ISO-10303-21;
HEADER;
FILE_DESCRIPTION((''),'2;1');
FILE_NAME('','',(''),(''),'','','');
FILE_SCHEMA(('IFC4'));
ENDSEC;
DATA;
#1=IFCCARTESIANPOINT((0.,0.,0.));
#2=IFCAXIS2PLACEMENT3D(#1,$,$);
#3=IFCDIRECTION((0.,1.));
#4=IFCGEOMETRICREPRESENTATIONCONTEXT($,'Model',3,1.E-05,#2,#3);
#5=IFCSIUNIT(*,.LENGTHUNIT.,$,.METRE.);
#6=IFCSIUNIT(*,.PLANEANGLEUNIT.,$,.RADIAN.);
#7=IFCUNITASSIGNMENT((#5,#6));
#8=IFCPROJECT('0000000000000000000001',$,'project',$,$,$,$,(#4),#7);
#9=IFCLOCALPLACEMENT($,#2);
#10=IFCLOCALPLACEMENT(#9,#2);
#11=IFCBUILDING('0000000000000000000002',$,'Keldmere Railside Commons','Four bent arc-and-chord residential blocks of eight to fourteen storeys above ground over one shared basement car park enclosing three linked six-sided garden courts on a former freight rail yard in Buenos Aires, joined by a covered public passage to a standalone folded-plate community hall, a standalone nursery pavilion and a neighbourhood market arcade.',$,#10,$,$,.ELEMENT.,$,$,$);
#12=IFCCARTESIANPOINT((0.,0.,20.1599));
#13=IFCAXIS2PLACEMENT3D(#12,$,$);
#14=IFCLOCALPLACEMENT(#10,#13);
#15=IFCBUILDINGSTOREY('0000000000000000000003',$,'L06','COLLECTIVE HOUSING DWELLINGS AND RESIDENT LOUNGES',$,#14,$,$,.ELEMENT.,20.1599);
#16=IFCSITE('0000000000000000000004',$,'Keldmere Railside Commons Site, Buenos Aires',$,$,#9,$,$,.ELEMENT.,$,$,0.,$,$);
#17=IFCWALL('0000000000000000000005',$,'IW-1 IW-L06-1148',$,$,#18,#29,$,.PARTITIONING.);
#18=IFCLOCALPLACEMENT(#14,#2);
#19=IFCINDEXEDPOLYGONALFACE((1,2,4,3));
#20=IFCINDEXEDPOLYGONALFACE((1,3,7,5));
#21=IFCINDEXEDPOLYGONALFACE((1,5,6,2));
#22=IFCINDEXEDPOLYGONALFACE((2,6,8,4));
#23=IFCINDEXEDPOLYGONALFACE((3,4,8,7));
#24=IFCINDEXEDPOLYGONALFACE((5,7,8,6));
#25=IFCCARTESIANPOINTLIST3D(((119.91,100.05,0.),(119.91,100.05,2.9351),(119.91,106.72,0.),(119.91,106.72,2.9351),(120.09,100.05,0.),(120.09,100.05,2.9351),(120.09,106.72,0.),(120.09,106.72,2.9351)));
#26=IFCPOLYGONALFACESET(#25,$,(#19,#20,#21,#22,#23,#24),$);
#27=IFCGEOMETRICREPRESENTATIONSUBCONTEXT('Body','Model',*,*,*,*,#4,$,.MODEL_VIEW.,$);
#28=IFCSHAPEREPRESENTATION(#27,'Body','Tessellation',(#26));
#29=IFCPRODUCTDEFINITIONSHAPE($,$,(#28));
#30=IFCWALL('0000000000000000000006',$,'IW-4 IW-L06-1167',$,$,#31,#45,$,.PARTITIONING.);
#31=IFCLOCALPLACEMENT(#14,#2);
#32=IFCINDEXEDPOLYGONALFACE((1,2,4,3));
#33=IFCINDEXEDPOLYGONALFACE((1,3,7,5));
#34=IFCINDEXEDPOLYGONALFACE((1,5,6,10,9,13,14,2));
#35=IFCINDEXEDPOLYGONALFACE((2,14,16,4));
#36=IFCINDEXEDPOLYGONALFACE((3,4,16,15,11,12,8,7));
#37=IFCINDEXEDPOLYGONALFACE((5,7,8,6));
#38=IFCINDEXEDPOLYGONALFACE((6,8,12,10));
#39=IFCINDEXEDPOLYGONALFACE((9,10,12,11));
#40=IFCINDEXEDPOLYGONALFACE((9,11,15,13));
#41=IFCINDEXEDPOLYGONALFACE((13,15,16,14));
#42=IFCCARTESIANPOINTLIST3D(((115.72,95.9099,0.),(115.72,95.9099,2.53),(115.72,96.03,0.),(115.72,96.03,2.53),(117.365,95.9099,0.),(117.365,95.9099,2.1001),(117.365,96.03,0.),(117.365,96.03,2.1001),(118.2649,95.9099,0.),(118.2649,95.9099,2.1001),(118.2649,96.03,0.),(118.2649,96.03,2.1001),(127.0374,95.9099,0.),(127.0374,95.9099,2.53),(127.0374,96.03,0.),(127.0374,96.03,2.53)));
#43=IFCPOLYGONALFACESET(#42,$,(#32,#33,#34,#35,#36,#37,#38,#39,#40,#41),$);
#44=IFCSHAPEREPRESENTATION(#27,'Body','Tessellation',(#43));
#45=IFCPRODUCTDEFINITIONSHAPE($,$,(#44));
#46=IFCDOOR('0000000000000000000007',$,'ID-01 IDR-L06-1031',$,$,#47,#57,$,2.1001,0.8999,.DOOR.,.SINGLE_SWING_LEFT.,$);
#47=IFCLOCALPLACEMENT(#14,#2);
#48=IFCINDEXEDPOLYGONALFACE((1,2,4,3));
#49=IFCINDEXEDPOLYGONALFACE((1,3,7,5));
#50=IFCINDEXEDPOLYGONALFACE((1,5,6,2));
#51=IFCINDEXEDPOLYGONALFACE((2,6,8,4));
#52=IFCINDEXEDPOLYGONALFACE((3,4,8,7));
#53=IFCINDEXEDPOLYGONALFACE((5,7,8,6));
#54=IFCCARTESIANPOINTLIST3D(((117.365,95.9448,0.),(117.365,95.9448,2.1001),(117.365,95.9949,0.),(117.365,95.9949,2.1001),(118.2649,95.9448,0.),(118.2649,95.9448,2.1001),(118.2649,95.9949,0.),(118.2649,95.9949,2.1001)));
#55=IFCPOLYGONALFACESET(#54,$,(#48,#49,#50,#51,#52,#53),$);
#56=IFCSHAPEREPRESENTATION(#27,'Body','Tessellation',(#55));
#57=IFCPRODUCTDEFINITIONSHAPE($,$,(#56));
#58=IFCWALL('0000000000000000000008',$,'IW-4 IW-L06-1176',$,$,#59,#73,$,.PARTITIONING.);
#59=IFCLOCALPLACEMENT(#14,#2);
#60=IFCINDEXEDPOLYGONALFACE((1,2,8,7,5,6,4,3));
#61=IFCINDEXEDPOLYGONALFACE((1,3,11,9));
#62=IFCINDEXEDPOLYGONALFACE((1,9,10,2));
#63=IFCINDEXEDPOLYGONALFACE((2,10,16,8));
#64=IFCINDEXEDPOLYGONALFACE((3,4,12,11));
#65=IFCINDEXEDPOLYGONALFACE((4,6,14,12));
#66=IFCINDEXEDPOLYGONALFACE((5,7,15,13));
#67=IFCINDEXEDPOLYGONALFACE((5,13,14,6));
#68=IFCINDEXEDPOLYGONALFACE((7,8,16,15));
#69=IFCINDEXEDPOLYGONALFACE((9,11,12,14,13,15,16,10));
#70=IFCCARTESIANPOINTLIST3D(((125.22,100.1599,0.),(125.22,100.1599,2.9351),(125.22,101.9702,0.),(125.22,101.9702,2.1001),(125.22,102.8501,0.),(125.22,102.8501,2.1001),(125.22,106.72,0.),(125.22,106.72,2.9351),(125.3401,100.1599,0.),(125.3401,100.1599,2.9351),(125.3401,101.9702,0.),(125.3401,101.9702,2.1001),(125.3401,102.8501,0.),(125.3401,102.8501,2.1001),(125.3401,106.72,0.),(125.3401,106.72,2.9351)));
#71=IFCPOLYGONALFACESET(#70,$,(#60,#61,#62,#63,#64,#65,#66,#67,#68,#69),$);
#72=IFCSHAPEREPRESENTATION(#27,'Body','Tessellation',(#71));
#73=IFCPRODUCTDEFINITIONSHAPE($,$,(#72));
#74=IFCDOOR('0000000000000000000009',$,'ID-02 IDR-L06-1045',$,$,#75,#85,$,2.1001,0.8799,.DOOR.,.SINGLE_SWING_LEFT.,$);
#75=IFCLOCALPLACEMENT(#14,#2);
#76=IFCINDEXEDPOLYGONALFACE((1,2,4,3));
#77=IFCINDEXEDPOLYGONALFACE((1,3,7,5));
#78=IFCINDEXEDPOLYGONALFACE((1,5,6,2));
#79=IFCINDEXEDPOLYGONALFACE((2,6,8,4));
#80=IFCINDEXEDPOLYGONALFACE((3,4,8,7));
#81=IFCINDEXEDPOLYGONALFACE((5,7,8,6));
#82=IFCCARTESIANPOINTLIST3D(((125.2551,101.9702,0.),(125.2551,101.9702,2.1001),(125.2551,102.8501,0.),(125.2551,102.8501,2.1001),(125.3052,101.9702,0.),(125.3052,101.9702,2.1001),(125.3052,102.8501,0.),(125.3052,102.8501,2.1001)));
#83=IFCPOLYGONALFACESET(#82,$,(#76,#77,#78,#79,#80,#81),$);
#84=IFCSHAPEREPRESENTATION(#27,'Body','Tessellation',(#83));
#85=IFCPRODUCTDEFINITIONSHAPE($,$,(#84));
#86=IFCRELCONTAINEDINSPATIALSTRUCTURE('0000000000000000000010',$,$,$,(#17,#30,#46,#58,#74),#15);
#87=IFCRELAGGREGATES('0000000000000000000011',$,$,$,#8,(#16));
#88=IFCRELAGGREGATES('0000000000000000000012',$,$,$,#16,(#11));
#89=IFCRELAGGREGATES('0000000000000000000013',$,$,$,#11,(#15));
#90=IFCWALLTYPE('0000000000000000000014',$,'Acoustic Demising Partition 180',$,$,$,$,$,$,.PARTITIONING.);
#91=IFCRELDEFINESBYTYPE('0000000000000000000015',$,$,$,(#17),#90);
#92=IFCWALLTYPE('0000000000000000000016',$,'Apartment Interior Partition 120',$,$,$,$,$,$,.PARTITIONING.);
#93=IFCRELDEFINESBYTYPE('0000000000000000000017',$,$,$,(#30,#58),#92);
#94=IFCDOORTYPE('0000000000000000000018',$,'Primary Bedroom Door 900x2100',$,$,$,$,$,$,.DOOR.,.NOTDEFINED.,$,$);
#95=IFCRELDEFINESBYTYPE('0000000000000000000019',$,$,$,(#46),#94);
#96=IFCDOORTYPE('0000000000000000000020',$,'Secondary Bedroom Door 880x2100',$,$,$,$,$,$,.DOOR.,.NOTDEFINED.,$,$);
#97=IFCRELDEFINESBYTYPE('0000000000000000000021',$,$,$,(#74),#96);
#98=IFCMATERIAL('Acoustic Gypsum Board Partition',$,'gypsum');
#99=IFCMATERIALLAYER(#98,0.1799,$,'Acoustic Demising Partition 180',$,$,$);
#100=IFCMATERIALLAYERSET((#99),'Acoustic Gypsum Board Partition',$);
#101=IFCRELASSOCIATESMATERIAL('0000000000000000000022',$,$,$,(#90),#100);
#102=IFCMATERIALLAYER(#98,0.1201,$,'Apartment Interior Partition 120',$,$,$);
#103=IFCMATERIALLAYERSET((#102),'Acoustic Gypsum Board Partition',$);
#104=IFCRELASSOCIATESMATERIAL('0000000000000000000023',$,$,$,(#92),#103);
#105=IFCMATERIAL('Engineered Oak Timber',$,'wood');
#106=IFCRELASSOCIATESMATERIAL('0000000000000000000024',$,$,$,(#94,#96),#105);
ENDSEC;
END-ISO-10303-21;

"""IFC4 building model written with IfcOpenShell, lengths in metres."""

from ifc_helpers import new_model, si_unit, direction, frame, frame_2d, origin, place, context, subcontext, project, spatial, rectangle, extrude, material, layer, layer_set, type_object, element, fill, save


model = new_model("IFC4")

# Units and contexts
model_context = context("Model", 3, precision=1e-05, world=origin(), true_north=direction((0.0, 1.0)))
body_context = subcontext(model_context, "Body", "Model", "MODEL_VIEW")
ifc_project = project(units=[si_unit("LENGTHUNIT", "METRE"), si_unit("PLANEANGLEUNIT", "RADIAN")], contexts=[model_context])

# Site, building, storey
site_placement = place(None, origin())
site = spatial("IfcSite", under=ifc_project, at=site_placement, Name="Keldmere Railside Commons Site, Buenos Aires", CompositionType="ELEMENT", RefElevation=0.0)
building_placement = place(site_placement, origin())
building = spatial("IfcBuilding", under=site, at=building_placement, Name="Keldmere Railside Commons", Description="Four bent arc-and-chord residential blocks of eight to fourteen storeys above ground over one shared basement car park enclosing three linked six-sided garden courts on a former freight rail yard in Buenos Aires, joined by a covered public passage to a standalone folded-plate community hall, a standalone nursery pavilion and a neighbourhood market arcade.", CompositionType="ELEMENT")
storey_placement = place(building_placement, frame((0.0, 0.0, 20.1599)))
storey = spatial("IfcBuildingStorey", under=building, at=storey_placement, Name="L06", Description="COLLECTIVE HOUSING DWELLINGS AND RESIDENT LOUNGES", CompositionType="ELEMENT", Elevation=20.1599)

# Wall
ifc_material_1 = material(Name="Acoustic Gypsum Board Partition", Category="gypsum")
ifc_layer_1 = layer(ifc_material_1, 0.1799, Name="Acoustic Demising Partition 180")
ifc_layer_set_1 = layer_set([ifc_layer_1], Name="Acoustic Gypsum Board Partition")
wall_type_1 = type_object("IfcWallType", Name="Acoustic Demising Partition 180", PredefinedType="PARTITIONING", material=ifc_layer_set_1)
wall_1_placement = place(storey_placement, frame((120.0, 100.05, 0.0), z_axis=(0.0, 0.0, 1.0), x_axis=(0.0, 1.0, 0.0)))
element("IfcWall", 1, at=wall_1_placement, inside=storey, type_object=wall_type_1, Name="IW-1 IW-L06-1148", PredefinedType="PARTITIONING", context=body_context, shape_type="SweptSolid", body=[
    extrude(rectangle(XDim=6.6699, YDim=0.1799, at=frame_2d((3.335, 0.0))), origin(), (0.0, 0.0, 1.0), 2.9351),
])

# Walls, openings, doors
ifc_layer_2 = layer(ifc_material_1, 0.1201, Name="Apartment Interior Partition 120")
ifc_layer_set_2 = layer_set([ifc_layer_2], Name="Acoustic Gypsum Board Partition")
wall_type_2 = type_object("IfcWallType", Name="Apartment Interior Partition 120", PredefinedType="PARTITIONING", material=ifc_layer_set_2)
wall_2_placement = place(storey_placement, frame((115.72, 95.97, 0.0), z_axis=(0.0, 0.0, 1.0), x_axis=(1.0, 0.0, 0.0)))
wall_2 = element("IfcWall", 2, at=wall_2_placement, inside=storey, type_object=wall_type_2, Name="IW-4 IW-L06-1167", PredefinedType="PARTITIONING", context=body_context, shape_type="SweptSolid", body=[
    extrude(rectangle(XDim=11.3174, YDim=0.1201, at=frame_2d((5.6587, 0.0))), origin(), (0.0, 0.0, 1.0), 2.53),
])
opening_1_placement = place(wall_2_placement, frame((1.645, 0.0, 0.0)))
opening_1 = element("IfcOpeningElement", 3, at=opening_1_placement, cuts=wall_2, PredefinedType="OPENING", context=body_context, shape_type="SweptSolid", body=[
    extrude(rectangle(XDim=0.8999, YDim=2.1001, at=frame_2d((0.45, 1.05))), frame((0.0, 0.0701, 0.0), z_axis=(0.0, -1.0, 0.0), x_axis=(1.0, 0.0, 0.0)), (0.0, 0.0, 1.0), 0.1401),
])
ifc_material_2 = material(Name="Engineered Oak Timber", Category="wood")
door_type_1 = type_object("IfcDoorType", Name="Primary Bedroom Door 900x2100", OperationType="NOTDEFINED", PredefinedType="DOOR", material=ifc_material_2)
door_1_placement = place(opening_1_placement, origin())
door_1 = element("IfcDoor", 4, at=door_1_placement, inside=storey, type_object=door_type_1, Name="ID-01 IDR-L06-1031", OperationType="SINGLE_SWING_LEFT", OverallHeight=2.1001, OverallWidth=0.8999, PredefinedType="DOOR", context=body_context, shape_type="SweptSolid", body=[
    extrude(rectangle(XDim=0.8999, YDim=2.1001, at=frame_2d((0.45, 1.05))), frame((0.0, 0.0249, 0.0), z_axis=(0.0, -1.0, 0.0), x_axis=(1.0, 0.0, 0.0)), (0.0, 0.0, 1.0), 0.05),
])
fill(opening_1, door_1)
wall_3_placement = place(storey_placement, frame((125.28, 100.1599, 0.0), z_axis=(0.0, 0.0, 1.0), x_axis=(0.0, 1.0, 0.0)))
wall_3 = element("IfcWall", 5, at=wall_3_placement, inside=storey, type_object=wall_type_2, Name="IW-4 IW-L06-1176", PredefinedType="PARTITIONING", context=body_context, shape_type="SweptSolid", body=[
    extrude(rectangle(XDim=6.5601, YDim=0.1201, at=frame_2d((3.28, 0.0))), origin(), (0.0, 0.0, 1.0), 2.9351),
])
opening_2_placement = place(wall_3_placement, frame((1.8103, 0.0, 0.0)))
opening_2 = element("IfcOpeningElement", 6, at=opening_2_placement, cuts=wall_3, PredefinedType="OPENING", context=body_context, shape_type="SweptSolid", body=[
    extrude(rectangle(XDim=0.8799, YDim=2.1001, at=frame_2d((0.4399, 1.05))), frame((0.0, 0.0701, 0.0), z_axis=(0.0, -1.0, 0.0), x_axis=(1.0, 0.0, 0.0)), (0.0, 0.0, 1.0), 0.1401),
])
door_type_2 = type_object("IfcDoorType", Name="Secondary Bedroom Door 880x2100", OperationType="NOTDEFINED", PredefinedType="DOOR", material=ifc_material_2)
door_2_placement = place(opening_2_placement, origin())
door_2 = element("IfcDoor", 7, at=door_2_placement, inside=storey, type_object=door_type_2, Name="ID-02 IDR-L06-1045", OperationType="SINGLE_SWING_LEFT", OverallHeight=2.1001, OverallWidth=0.8799, PredefinedType="DOOR", context=body_context, shape_type="SweptSolid", body=[
    extrude(rectangle(XDim=0.8799, YDim=2.1001, at=frame_2d((0.4399, 1.05))), frame((0.0, 0.0249, 0.0), z_axis=(0.0, -1.0, 0.0), x_axis=(1.0, 0.0, 0.0)), (0.0, 0.0, 1.0), 0.05),
])
fill(opening_2, door_2)

save(model, "model.ifc")
